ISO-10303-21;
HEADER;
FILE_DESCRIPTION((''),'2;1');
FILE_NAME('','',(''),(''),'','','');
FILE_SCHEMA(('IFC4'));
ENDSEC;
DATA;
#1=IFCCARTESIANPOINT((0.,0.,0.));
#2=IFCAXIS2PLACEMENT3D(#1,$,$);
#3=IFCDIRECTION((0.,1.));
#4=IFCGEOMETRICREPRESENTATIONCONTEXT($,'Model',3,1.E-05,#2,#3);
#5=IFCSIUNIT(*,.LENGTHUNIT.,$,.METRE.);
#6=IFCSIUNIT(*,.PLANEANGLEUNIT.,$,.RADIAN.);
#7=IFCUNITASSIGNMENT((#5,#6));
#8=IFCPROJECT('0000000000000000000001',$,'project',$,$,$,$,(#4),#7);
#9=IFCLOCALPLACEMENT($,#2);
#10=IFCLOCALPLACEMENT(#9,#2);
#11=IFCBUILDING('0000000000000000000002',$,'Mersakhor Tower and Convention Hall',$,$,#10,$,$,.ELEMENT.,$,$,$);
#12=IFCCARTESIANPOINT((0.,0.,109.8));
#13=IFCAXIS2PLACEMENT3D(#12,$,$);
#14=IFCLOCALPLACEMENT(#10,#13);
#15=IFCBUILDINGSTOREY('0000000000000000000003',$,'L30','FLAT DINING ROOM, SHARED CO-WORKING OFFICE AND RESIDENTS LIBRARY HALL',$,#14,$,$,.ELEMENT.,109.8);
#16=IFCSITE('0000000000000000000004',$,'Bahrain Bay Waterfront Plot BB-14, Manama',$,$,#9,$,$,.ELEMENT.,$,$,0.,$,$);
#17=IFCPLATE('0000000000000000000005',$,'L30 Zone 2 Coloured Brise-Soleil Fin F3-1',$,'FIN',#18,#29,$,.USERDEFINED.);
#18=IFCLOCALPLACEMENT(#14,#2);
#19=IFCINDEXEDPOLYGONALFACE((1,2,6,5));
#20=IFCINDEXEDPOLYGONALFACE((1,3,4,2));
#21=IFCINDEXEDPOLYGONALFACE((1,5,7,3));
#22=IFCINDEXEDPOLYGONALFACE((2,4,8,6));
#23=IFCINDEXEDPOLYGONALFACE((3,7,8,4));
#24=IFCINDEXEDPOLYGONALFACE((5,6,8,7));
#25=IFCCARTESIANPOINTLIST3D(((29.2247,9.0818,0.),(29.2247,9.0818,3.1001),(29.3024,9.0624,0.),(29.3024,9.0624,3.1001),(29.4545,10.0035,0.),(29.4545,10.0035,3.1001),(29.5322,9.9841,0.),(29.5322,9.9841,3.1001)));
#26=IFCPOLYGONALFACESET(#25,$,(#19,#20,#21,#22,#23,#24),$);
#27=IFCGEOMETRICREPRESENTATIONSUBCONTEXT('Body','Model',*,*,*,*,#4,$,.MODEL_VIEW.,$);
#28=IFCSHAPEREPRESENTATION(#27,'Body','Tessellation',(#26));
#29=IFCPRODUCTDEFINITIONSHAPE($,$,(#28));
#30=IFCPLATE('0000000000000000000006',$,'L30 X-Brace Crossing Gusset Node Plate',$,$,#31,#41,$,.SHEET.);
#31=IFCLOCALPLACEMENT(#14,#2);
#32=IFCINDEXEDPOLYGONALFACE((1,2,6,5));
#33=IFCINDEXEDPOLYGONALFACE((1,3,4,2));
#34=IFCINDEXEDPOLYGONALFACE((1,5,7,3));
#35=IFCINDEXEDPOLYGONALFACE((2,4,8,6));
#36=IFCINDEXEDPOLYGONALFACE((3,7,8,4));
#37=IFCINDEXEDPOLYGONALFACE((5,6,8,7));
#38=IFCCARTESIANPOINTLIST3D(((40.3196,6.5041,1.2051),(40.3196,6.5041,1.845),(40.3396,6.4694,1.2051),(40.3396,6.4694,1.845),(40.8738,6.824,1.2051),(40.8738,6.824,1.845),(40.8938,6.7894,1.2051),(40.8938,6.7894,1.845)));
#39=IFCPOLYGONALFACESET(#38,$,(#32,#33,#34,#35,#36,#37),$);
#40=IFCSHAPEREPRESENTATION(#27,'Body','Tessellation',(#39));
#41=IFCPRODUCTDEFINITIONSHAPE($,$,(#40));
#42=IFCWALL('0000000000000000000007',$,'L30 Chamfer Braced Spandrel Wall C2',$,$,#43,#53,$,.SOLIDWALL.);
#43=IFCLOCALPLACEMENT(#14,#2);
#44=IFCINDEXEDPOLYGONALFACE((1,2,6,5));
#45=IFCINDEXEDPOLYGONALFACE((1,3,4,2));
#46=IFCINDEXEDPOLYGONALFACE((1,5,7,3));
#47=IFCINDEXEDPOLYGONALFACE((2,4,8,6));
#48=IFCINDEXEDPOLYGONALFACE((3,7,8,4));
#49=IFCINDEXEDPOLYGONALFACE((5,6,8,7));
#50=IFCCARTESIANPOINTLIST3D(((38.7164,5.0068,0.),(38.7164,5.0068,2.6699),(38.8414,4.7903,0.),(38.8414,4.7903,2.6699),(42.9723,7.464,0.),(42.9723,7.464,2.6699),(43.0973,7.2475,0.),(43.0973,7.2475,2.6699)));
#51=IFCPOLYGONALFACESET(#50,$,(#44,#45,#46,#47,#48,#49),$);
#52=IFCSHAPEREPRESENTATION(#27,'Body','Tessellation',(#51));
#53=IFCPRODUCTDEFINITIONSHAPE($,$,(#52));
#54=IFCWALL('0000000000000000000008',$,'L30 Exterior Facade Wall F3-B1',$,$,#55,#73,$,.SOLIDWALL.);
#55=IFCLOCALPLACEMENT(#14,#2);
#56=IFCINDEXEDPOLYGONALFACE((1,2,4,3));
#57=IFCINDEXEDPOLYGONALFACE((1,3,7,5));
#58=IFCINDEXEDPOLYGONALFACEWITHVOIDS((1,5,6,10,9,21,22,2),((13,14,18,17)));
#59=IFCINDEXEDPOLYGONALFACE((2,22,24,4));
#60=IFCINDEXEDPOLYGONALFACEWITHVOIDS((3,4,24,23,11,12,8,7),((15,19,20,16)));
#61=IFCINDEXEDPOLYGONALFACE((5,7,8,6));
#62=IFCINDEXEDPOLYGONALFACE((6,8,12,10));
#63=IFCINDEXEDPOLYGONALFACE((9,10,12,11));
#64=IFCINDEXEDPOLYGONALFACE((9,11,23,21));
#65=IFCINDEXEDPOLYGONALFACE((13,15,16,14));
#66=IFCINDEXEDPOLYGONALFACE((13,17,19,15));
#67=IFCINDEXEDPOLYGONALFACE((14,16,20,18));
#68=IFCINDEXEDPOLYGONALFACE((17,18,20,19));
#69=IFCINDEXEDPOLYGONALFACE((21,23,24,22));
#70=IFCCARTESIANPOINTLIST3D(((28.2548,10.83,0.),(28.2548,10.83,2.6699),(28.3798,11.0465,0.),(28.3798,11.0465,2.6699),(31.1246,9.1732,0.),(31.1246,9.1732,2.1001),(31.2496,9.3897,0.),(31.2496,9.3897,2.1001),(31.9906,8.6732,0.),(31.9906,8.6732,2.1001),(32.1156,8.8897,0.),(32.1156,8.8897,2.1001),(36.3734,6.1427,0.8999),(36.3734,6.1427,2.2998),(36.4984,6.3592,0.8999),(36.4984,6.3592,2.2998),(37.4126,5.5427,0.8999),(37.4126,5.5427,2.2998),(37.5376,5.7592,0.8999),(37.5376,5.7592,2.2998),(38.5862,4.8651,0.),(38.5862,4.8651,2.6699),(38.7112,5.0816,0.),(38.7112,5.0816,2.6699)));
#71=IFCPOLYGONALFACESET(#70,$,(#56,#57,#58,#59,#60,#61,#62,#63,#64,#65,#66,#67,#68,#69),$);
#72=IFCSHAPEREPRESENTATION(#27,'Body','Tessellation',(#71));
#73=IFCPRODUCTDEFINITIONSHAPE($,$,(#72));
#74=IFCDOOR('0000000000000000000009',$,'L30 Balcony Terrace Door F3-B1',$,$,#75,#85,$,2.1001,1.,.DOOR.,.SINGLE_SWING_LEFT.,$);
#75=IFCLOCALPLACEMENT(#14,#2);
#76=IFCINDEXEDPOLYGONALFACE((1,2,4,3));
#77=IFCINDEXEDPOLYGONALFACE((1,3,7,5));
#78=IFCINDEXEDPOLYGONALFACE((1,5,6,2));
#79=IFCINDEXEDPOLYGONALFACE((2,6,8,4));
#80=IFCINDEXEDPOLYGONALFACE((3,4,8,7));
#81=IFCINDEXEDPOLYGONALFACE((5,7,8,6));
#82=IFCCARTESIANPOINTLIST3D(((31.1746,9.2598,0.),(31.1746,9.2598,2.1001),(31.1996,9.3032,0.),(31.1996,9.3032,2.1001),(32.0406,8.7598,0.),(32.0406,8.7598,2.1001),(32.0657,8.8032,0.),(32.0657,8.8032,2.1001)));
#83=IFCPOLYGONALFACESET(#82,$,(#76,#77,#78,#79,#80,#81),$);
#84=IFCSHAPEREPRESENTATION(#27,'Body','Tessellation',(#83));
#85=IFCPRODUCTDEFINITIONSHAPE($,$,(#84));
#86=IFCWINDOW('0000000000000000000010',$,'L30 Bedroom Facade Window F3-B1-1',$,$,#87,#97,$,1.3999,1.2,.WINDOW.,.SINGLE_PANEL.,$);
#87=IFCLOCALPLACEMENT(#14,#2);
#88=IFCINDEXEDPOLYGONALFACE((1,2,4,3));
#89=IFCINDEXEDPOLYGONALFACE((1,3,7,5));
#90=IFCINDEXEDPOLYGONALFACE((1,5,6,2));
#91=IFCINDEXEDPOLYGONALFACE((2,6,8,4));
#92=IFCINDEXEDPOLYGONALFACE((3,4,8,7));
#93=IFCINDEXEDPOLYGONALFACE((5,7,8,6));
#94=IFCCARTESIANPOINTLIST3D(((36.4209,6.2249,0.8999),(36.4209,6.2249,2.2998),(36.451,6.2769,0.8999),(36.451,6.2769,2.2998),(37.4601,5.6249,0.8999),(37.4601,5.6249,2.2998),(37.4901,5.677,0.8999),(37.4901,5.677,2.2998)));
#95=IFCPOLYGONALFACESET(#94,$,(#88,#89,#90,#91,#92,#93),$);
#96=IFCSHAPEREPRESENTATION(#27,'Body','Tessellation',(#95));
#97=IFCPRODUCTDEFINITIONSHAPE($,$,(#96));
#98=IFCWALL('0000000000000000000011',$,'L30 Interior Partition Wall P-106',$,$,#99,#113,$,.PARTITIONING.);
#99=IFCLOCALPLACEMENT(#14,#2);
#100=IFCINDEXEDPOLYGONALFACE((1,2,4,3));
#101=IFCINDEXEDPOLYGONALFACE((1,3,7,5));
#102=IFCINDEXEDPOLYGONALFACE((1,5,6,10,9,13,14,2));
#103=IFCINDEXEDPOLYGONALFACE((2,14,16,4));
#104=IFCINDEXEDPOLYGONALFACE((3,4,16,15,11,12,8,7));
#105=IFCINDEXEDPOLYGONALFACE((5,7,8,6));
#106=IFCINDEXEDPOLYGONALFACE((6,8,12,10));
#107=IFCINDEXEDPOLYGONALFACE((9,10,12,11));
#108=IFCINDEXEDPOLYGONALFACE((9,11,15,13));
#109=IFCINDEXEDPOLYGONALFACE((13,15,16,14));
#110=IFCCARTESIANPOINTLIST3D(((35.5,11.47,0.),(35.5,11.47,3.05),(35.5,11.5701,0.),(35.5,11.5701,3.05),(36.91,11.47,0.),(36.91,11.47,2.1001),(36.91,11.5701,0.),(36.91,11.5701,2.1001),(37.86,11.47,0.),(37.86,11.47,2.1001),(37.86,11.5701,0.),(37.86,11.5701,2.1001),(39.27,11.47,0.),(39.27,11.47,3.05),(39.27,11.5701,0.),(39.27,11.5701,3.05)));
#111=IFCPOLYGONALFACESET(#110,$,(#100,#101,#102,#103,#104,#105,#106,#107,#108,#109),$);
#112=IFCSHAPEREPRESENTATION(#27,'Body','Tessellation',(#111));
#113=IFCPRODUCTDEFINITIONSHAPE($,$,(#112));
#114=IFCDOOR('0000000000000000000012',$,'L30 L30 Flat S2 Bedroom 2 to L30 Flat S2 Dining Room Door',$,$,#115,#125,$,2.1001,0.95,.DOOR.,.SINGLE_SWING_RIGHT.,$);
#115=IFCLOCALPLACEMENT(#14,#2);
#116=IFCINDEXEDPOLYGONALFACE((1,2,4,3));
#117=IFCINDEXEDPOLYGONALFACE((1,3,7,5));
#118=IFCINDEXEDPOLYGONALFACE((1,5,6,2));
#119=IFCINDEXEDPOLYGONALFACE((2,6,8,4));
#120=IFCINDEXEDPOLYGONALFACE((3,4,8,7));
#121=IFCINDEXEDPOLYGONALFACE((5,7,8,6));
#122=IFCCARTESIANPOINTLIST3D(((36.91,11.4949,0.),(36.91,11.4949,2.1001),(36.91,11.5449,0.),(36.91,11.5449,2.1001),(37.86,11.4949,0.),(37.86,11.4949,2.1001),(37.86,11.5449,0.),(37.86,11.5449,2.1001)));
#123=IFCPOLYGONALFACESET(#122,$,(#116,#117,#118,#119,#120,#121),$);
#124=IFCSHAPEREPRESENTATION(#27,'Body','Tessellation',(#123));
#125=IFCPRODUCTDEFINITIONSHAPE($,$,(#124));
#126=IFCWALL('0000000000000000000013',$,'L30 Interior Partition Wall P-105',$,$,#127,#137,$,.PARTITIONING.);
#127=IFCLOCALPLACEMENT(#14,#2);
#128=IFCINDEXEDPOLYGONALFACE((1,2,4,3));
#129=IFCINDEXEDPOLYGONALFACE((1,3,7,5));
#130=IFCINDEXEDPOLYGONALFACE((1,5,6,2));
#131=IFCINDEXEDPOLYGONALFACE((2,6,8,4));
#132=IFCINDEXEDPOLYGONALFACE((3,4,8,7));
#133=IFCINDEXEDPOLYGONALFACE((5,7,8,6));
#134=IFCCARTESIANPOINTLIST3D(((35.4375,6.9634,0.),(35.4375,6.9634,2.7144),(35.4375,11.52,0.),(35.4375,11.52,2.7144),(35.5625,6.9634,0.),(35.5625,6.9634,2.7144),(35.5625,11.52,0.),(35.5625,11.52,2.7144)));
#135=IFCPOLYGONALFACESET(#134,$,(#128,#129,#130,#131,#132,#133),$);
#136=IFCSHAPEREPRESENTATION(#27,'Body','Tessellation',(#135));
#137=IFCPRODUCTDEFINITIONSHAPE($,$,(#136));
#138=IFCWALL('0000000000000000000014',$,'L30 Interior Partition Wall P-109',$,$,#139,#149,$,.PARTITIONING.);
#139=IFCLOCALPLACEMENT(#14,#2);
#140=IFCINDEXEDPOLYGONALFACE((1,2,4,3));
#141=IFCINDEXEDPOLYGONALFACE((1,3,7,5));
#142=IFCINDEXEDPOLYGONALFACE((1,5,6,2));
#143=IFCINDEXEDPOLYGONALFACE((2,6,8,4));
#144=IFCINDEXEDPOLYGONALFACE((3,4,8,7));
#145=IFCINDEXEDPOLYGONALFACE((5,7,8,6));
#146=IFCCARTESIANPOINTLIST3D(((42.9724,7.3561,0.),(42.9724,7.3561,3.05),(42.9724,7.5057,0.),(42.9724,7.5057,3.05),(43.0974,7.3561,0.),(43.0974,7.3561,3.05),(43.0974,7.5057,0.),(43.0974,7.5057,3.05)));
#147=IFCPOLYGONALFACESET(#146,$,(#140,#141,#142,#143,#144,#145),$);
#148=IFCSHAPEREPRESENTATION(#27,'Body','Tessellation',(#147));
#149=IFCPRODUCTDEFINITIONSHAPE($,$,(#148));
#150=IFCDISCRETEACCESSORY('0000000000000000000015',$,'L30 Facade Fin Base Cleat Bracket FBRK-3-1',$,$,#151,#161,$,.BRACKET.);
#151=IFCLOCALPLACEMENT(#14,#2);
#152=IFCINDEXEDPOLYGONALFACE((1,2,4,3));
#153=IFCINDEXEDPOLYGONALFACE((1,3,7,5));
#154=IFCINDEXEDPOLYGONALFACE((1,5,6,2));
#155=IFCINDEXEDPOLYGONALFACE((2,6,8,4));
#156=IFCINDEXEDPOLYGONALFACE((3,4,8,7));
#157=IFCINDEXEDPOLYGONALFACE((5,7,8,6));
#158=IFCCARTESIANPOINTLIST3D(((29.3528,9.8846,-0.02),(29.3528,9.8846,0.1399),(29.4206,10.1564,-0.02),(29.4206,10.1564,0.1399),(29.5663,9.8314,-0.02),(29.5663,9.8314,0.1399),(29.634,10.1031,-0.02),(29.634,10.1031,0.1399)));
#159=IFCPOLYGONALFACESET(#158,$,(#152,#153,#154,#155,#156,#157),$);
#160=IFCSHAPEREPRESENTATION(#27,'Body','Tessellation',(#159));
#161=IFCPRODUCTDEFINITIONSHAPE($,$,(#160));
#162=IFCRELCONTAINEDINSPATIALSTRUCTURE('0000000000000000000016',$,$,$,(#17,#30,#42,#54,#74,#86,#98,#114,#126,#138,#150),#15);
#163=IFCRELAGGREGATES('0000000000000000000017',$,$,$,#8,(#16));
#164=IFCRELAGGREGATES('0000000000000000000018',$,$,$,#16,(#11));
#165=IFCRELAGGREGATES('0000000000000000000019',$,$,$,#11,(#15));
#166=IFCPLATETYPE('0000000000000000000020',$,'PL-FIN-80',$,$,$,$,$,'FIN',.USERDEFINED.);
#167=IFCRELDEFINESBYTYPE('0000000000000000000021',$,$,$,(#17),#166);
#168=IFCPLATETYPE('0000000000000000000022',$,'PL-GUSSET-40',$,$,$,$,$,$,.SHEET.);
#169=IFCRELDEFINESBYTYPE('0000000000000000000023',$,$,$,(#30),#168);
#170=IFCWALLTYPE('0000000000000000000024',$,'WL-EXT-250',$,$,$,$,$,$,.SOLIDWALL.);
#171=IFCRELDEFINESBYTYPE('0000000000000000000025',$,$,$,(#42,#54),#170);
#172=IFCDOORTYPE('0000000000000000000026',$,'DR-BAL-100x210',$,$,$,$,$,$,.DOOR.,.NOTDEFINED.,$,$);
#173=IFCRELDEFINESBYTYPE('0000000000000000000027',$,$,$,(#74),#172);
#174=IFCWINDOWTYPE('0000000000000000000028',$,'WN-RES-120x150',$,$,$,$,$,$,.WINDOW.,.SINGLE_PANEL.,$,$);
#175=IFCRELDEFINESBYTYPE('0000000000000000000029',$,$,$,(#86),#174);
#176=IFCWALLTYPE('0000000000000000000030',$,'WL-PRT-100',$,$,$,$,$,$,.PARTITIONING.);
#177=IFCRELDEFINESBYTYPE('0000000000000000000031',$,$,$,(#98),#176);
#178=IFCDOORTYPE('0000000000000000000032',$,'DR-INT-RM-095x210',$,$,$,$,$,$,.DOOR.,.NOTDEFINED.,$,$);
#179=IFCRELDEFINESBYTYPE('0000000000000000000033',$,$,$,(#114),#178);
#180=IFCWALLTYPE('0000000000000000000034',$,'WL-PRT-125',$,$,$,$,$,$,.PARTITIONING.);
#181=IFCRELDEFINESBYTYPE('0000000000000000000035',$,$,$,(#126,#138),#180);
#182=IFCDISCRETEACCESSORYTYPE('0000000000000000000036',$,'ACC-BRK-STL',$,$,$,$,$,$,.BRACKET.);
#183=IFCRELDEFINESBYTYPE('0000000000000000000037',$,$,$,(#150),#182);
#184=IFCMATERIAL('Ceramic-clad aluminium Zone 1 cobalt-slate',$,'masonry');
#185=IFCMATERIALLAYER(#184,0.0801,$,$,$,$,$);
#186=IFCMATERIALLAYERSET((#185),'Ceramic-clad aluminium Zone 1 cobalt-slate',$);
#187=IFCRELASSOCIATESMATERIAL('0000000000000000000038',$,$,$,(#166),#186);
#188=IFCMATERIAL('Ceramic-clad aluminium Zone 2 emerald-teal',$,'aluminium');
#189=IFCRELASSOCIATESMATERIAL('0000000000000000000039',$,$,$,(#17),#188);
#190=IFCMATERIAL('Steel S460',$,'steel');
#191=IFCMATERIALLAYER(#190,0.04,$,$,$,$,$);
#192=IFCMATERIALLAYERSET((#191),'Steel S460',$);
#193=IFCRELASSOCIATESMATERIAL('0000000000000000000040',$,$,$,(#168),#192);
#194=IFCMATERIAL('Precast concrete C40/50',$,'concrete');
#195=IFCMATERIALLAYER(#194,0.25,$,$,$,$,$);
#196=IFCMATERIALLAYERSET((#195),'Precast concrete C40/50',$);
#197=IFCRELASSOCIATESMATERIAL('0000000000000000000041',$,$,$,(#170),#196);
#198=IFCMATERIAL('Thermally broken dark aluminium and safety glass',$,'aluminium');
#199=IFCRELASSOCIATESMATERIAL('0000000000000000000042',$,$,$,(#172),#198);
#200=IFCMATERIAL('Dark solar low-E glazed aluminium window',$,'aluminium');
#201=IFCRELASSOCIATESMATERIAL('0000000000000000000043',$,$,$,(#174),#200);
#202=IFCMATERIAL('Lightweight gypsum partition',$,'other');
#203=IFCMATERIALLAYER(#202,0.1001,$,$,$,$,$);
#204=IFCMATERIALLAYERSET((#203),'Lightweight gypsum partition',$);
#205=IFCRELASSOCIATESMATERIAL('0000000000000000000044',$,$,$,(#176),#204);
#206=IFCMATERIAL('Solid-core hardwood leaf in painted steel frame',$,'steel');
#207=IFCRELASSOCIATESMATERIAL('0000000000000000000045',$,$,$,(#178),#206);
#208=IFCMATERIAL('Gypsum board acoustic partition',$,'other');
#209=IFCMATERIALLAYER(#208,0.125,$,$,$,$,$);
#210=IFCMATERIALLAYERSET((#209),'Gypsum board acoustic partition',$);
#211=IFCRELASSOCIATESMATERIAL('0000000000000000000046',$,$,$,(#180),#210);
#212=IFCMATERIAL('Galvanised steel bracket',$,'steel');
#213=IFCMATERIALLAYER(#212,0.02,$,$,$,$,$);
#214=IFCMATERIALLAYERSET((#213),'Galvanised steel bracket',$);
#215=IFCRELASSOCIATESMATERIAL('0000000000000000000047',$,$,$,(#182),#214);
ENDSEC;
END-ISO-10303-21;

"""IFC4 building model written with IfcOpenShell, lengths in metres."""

from ifc_helpers import new_model, si_unit, direction, frame, frame_2d, origin, origin_2d, place, context, subcontext, project, spatial, rectangle, extrude, material, layer, layer_set, type_object, element, fill, save


model = new_model("IFC4")

# Units and contexts
model_context = context("Model", 3, precision=1e-05, world=origin(), true_north=direction((0.0, 1.0)))
body_context = subcontext(model_context, "Body", "Model", "MODEL_VIEW")
ifc_project = project(units=[si_unit("LENGTHUNIT", "METRE"), si_unit("PLANEANGLEUNIT", "RADIAN")], contexts=[model_context])

# Site, building, storey
site_placement = place(None, origin())
site = spatial("IfcSite", under=ifc_project, at=site_placement, Name="Bahrain Bay Waterfront Plot BB-14, Manama", CompositionType="ELEMENT", RefElevation=0.0)
building_placement = place(site_placement, origin())
building = spatial("IfcBuilding", under=site, at=building_placement, Name="Mersakhor Tower and Convention Hall", CompositionType="ELEMENT")
storey_placement = place(building_placement, frame((0.0, 0.0, 109.8)))
storey = spatial("IfcBuildingStorey", under=building, at=storey_placement, Name="L30", Description="FLAT DINING ROOM, SHARED CO-WORKING OFFICE AND RESIDENTS LIBRARY HALL", CompositionType="ELEMENT", Elevation=109.8)

# Plates
ifc_material_1 = material(Name="Ceramic-clad aluminium Zone 2 emerald-teal", Category="aluminium")
ifc_material_2 = material(Name="Ceramic-clad aluminium Zone 1 cobalt-slate", Category="masonry")
ifc_layer_1 = layer(ifc_material_2, 0.0801)
ifc_layer_set_1 = layer_set([ifc_layer_1], Name="Ceramic-clad aluminium Zone 1 cobalt-slate")
plate_type_1 = type_object("IfcPlateType", Name="PL-FIN-80", ElementType="FIN", PredefinedType="USERDEFINED", material=ifc_layer_set_1)
plate_1_placement = place(storey_placement, frame((29.3784, 9.533, 0.0), z_axis=(0.0, 0.0, 1.0), x_axis=(-0.241922, -0.970296, 0.0)))
element("IfcPlate", 1, at=plate_1_placement, inside=storey, type_object=plate_type_1, material=ifc_material_1, Name="L30 Zone 2 Coloured Brise-Soleil Fin F3-1", ObjectType="FIN", PredefinedType="USERDEFINED", context=body_context, shape_type="SweptSolid", body=[
    extrude(rectangle(XDim=0.95, YDim=0.0801, at=origin_2d()), origin(), (0.0, 0.0, 1.0), 3.1001),
])
ifc_material_3 = material(Name="Steel S460", Category="steel")
ifc_layer_2 = layer(ifc_material_3, 0.04)
ifc_layer_set_2 = layer_set([ifc_layer_2], Name="Steel S460")
plate_type_2 = type_object("IfcPlateType", Name="PL-GUSSET-40", PredefinedType="SHEET", material=ifc_layer_set_2)
plate_2_placement = place(storey_placement, frame((40.6067, 6.6467, 1.2051), z_axis=(0.0, 0.0, 1.0), x_axis=(0.866025, 0.5, 0.0)))
element("IfcPlate", 2, at=plate_2_placement, inside=storey, type_object=plate_type_2, Name="L30 X-Brace Crossing Gusset Node Plate", PredefinedType="SHEET", context=body_context, shape_type="SweptSolid", body=[
    extrude(rectangle(XDim=0.6399, YDim=0.04, at=origin_2d()), origin(), (0.0, 0.0, 1.0), 0.6399),
])

# Wall
ifc_material_4 = material(Name="Precast concrete C40/50", Category="concrete")
ifc_layer_3 = layer(ifc_material_4, 0.25)
ifc_layer_set_3 = layer_set([ifc_layer_3], Name="Precast concrete C40/50")
wall_type_1 = type_object("IfcWallType", Name="WL-EXT-250", PredefinedType="SOLIDWALL", material=ifc_layer_set_3)
wall_1_placement = place(storey_placement, frame((43.0347, 7.3557, 0.0), z_axis=(0.0, 0.0, 1.0), x_axis=(-0.866012, -0.500023, 0.0)))
element("IfcWall", 3, at=wall_1_placement, inside=storey, type_object=wall_type_1, Name="L30 Chamfer Braced Spandrel Wall C2", PredefinedType="SOLIDWALL", context=body_context, shape_type="SweptSolid", body=[
    extrude(rectangle(XDim=4.9143, YDim=0.25, at=frame_2d((2.457, 0.0))), origin(), (0.0, 0.0, 1.0), 2.6699),
])

# Wall, openings, door, window
wall_2_placement = place(storey_placement, frame((38.6487, 4.9734, 0.0), z_axis=(0.0, 0.0, 1.0), x_axis=(-0.866023, 0.500004, 0.0)))
wall_2 = element("IfcWall", 4, at=wall_2_placement, inside=storey, type_object=wall_type_1, Name="L30 Exterior Facade Wall F3-B1", PredefinedType="SOLIDWALL", context=body_context, shape_type="SweptSolid", body=[
    extrude(rectangle(XDim=11.9297, YDim=0.25, at=frame_2d((5.9648, 0.0))), origin(), (0.0, 0.0, 1.0), 2.6699),
])
opening_1_placement = place(wall_2_placement, frame((7.616, 0.0, 0.0)))
opening_1 = element("IfcOpeningElement", 5, at=opening_1_placement, cuts=wall_2, PredefinedType="OPENING", context=body_context, shape_type="SweptSolid", body=[
    extrude(rectangle(XDim=1.0, YDim=2.1001, at=frame_2d((0.5, 1.05))), frame((0.0, 0.135, 0.0), z_axis=(0.0, -1.0, 0.0), x_axis=(1.0, 0.0, 0.0)), (0.0, 0.0, 1.0), 0.27),
])
opening_2_placement = place(wall_2_placement, frame((1.355, 0.0, 0.8999)))
opening_2 = element("IfcOpeningElement", 6, at=opening_2_placement, cuts=wall_2, PredefinedType="OPENING", context=body_context, shape_type="SweptSolid", body=[
    extrude(rectangle(XDim=1.2, YDim=1.3999, at=frame_2d((0.6001, 0.7))), frame((0.0, 0.135, 0.0), z_axis=(0.0, -1.0, 0.0), x_axis=(1.0, 0.0, 0.0)), (0.0, 0.0, 1.0), 0.27),
])
ifc_material_5 = material(Name="Thermally broken dark aluminium and safety glass", Category="aluminium")
door_type_1 = type_object("IfcDoorType", Name="DR-BAL-100x210", OperationType="NOTDEFINED", PredefinedType="DOOR", material=ifc_material_5)
door_1_placement = place(opening_1_placement, origin())
door_1 = element("IfcDoor", 7, at=door_1_placement, inside=storey, type_object=door_type_1, Name="L30 Balcony Terrace Door F3-B1", OperationType="SINGLE_SWING_LEFT", OverallHeight=2.1001, OverallWidth=1.0, PredefinedType="DOOR", context=body_context, shape_type="SweptSolid", body=[
    extrude(rectangle(XDim=1.0, YDim=2.1001, at=frame_2d((0.5, 1.05))), frame((0.0, 0.0249, 0.0), z_axis=(0.0, -1.0, 0.0), x_axis=(1.0, 0.0, 0.0)), (0.0, 0.0, 1.0), 0.05),
])
fill(opening_1, door_1)
ifc_material_6 = material(Name="Dark solar low-E glazed aluminium window", Category="aluminium")
window_type = type_object("IfcWindowType", Name="WN-RES-120x150", PartitioningType="SINGLE_PANEL", PredefinedType="WINDOW", material=ifc_material_6)
window_placement = place(opening_2_placement, origin())
window = element("IfcWindow", 8, at=window_placement, inside=storey, type_object=window_type, Name="L30 Bedroom Facade Window F3-B1-1", OverallHeight=1.3999, OverallWidth=1.2, PartitioningType="SINGLE_PANEL", PredefinedType="WINDOW", context=body_context, shape_type="SweptSolid", body=[
    extrude(rectangle(XDim=1.2, YDim=1.3999, at=frame_2d((0.6001, 0.7))), frame((0.0, 0.03, 0.0), z_axis=(0.0, -1.0, 0.0), x_axis=(1.0, 0.0, 0.0)), (0.0, 0.0, 1.0), 0.0601),
])
fill(opening_2, window)

# Wall, opening, door
ifc_material_7 = material(Name="Lightweight gypsum partition", Category="other")
ifc_layer_4 = layer(ifc_material_7, 0.1001)
ifc_layer_set_4 = layer_set([ifc_layer_4], Name="Lightweight gypsum partition")
wall_type_2 = type_object("IfcWallType", Name="WL-PRT-100", PredefinedType="PARTITIONING", material=ifc_layer_set_4)
wall_3_placement = place(storey_placement, frame((35.5, 11.52, 0.0), z_axis=(0.0, 0.0, 1.0), x_axis=(1.0, 0.0, 0.0)))
wall_3 = element("IfcWall", 9, at=wall_3_placement, inside=storey, type_object=wall_type_2, Name="L30 Interior Partition Wall P-106", PredefinedType="PARTITIONING", context=body_context, shape_type="SweptSolid", body=[
    extrude(rectangle(XDim=3.77, YDim=0.1001, at=frame_2d((1.885, 0.0))), origin(), (0.0, 0.0, 1.0), 3.05),
])
opening_3_placement = place(wall_3_placement, frame((1.4099, 0.0, 0.0)))
opening_3 = element("IfcOpeningElement", 10, at=opening_3_placement, cuts=wall_3, PredefinedType="OPENING", context=body_context, shape_type="SweptSolid", body=[
    extrude(rectangle(XDim=0.95, YDim=2.1001, at=frame_2d((0.4751, 1.05))), frame((0.0, 0.0601, 0.0), z_axis=(0.0, -1.0, 0.0), x_axis=(1.0, 0.0, 0.0)), (0.0, 0.0, 1.0), 0.1201),
])
ifc_material_8 = material(Name="Solid-core hardwood leaf in painted steel frame", Category="steel")
door_type_2 = type_object("IfcDoorType", Name="DR-INT-RM-095x210", OperationType="NOTDEFINED", PredefinedType="DOOR", material=ifc_material_8)
door_2_placement = place(opening_3_placement, origin())
door_2 = element("IfcDoor", 11, at=door_2_placement, inside=storey, type_object=door_type_2, Name="L30 L30 Flat S2 Bedroom 2 to L30 Flat S2 Dining Room Door", OperationType="SINGLE_SWING_RIGHT", OverallHeight=2.1001, OverallWidth=0.95, PredefinedType="DOOR", context=body_context, shape_type="SweptSolid", body=[
    extrude(rectangle(XDim=0.95, YDim=2.1001, at=frame_2d((0.4751, 1.05))), frame((0.0, 0.0249, 0.0), z_axis=(0.0, -1.0, 0.0), x_axis=(1.0, 0.0, 0.0)), (0.0, 0.0, 1.0), 0.05),
])
fill(opening_3, door_2)

# Walls
ifc_material_9 = material(Name="Gypsum board acoustic partition", Category="other")
ifc_layer_5 = layer(ifc_material_9, 0.125)
ifc_layer_set_5 = layer_set([ifc_layer_5], Name="Gypsum board acoustic partition")
wall_type_3 = type_object("IfcWallType", Name="WL-PRT-125", PredefinedType="PARTITIONING", material=ifc_layer_set_5)
wall_4_placement = place(storey_placement, frame((35.5, 11.52, 0.0), z_axis=(0.0, 0.0, 1.0), x_axis=(0.0, -1.0, 0.0)))
element("IfcWall", 12, at=wall_4_placement, inside=storey, type_object=wall_type_3, Name="L30 Interior Partition Wall P-105", PredefinedType="PARTITIONING", context=body_context, shape_type="SweptSolid", body=[
    extrude(rectangle(XDim=4.5566, YDim=0.125, at=frame_2d((2.2783, 0.0))), origin(), (0.0, 0.0, 1.0), 2.7144),
])
wall_5_placement = place(storey_placement, frame((43.0349, 7.5056, 0.0), z_axis=(0.0, 0.0, 1.0), x_axis=(0.0, -1.0, 0.0)))
element("IfcWall", 13, at=wall_5_placement, inside=storey, type_object=wall_type_3, Name="L30 Interior Partition Wall P-109", PredefinedType="PARTITIONING", context=body_context, shape_type="SweptSolid", body=[
    extrude(rectangle(XDim=0.1497, YDim=0.125, at=frame_2d((0.0747, 0.0))), origin(), (0.0, 0.0, 1.0), 3.05),
])

# Discrete accessory
ifc_material_10 = material(Name="Galvanised steel bracket", Category="steel")
ifc_layer_6 = layer(ifc_material_10, 0.02)
ifc_layer_set_6 = layer_set([ifc_layer_6], Name="Galvanised steel bracket")
discrete_accessory_type = type_object("IfcDiscreteAccessoryType", Name="ACC-BRK-STL", PredefinedType="BRACKET", material=ifc_layer_set_6)
discrete_accessory_placement = place(storey_placement, frame((29.4934, 9.9939, -0.02), z_axis=(0.0, 0.0, 1.0), x_axis=(-0.241922, -0.970296, 0.0)))
element("IfcDiscreteAccessory", 14, at=discrete_accessory_placement, inside=storey, type_object=discrete_accessory_type, Name="L30 Facade Fin Base Cleat Bracket FBRK-3-1", PredefinedType="BRACKET", context=body_context, shape_type="SweptSolid", body=[
    extrude(rectangle(XDim=0.28, YDim=0.22, at=origin_2d()), origin(), (0.0, 0.0, 1.0), 0.1599),
])

save(model, "model.ifc")
